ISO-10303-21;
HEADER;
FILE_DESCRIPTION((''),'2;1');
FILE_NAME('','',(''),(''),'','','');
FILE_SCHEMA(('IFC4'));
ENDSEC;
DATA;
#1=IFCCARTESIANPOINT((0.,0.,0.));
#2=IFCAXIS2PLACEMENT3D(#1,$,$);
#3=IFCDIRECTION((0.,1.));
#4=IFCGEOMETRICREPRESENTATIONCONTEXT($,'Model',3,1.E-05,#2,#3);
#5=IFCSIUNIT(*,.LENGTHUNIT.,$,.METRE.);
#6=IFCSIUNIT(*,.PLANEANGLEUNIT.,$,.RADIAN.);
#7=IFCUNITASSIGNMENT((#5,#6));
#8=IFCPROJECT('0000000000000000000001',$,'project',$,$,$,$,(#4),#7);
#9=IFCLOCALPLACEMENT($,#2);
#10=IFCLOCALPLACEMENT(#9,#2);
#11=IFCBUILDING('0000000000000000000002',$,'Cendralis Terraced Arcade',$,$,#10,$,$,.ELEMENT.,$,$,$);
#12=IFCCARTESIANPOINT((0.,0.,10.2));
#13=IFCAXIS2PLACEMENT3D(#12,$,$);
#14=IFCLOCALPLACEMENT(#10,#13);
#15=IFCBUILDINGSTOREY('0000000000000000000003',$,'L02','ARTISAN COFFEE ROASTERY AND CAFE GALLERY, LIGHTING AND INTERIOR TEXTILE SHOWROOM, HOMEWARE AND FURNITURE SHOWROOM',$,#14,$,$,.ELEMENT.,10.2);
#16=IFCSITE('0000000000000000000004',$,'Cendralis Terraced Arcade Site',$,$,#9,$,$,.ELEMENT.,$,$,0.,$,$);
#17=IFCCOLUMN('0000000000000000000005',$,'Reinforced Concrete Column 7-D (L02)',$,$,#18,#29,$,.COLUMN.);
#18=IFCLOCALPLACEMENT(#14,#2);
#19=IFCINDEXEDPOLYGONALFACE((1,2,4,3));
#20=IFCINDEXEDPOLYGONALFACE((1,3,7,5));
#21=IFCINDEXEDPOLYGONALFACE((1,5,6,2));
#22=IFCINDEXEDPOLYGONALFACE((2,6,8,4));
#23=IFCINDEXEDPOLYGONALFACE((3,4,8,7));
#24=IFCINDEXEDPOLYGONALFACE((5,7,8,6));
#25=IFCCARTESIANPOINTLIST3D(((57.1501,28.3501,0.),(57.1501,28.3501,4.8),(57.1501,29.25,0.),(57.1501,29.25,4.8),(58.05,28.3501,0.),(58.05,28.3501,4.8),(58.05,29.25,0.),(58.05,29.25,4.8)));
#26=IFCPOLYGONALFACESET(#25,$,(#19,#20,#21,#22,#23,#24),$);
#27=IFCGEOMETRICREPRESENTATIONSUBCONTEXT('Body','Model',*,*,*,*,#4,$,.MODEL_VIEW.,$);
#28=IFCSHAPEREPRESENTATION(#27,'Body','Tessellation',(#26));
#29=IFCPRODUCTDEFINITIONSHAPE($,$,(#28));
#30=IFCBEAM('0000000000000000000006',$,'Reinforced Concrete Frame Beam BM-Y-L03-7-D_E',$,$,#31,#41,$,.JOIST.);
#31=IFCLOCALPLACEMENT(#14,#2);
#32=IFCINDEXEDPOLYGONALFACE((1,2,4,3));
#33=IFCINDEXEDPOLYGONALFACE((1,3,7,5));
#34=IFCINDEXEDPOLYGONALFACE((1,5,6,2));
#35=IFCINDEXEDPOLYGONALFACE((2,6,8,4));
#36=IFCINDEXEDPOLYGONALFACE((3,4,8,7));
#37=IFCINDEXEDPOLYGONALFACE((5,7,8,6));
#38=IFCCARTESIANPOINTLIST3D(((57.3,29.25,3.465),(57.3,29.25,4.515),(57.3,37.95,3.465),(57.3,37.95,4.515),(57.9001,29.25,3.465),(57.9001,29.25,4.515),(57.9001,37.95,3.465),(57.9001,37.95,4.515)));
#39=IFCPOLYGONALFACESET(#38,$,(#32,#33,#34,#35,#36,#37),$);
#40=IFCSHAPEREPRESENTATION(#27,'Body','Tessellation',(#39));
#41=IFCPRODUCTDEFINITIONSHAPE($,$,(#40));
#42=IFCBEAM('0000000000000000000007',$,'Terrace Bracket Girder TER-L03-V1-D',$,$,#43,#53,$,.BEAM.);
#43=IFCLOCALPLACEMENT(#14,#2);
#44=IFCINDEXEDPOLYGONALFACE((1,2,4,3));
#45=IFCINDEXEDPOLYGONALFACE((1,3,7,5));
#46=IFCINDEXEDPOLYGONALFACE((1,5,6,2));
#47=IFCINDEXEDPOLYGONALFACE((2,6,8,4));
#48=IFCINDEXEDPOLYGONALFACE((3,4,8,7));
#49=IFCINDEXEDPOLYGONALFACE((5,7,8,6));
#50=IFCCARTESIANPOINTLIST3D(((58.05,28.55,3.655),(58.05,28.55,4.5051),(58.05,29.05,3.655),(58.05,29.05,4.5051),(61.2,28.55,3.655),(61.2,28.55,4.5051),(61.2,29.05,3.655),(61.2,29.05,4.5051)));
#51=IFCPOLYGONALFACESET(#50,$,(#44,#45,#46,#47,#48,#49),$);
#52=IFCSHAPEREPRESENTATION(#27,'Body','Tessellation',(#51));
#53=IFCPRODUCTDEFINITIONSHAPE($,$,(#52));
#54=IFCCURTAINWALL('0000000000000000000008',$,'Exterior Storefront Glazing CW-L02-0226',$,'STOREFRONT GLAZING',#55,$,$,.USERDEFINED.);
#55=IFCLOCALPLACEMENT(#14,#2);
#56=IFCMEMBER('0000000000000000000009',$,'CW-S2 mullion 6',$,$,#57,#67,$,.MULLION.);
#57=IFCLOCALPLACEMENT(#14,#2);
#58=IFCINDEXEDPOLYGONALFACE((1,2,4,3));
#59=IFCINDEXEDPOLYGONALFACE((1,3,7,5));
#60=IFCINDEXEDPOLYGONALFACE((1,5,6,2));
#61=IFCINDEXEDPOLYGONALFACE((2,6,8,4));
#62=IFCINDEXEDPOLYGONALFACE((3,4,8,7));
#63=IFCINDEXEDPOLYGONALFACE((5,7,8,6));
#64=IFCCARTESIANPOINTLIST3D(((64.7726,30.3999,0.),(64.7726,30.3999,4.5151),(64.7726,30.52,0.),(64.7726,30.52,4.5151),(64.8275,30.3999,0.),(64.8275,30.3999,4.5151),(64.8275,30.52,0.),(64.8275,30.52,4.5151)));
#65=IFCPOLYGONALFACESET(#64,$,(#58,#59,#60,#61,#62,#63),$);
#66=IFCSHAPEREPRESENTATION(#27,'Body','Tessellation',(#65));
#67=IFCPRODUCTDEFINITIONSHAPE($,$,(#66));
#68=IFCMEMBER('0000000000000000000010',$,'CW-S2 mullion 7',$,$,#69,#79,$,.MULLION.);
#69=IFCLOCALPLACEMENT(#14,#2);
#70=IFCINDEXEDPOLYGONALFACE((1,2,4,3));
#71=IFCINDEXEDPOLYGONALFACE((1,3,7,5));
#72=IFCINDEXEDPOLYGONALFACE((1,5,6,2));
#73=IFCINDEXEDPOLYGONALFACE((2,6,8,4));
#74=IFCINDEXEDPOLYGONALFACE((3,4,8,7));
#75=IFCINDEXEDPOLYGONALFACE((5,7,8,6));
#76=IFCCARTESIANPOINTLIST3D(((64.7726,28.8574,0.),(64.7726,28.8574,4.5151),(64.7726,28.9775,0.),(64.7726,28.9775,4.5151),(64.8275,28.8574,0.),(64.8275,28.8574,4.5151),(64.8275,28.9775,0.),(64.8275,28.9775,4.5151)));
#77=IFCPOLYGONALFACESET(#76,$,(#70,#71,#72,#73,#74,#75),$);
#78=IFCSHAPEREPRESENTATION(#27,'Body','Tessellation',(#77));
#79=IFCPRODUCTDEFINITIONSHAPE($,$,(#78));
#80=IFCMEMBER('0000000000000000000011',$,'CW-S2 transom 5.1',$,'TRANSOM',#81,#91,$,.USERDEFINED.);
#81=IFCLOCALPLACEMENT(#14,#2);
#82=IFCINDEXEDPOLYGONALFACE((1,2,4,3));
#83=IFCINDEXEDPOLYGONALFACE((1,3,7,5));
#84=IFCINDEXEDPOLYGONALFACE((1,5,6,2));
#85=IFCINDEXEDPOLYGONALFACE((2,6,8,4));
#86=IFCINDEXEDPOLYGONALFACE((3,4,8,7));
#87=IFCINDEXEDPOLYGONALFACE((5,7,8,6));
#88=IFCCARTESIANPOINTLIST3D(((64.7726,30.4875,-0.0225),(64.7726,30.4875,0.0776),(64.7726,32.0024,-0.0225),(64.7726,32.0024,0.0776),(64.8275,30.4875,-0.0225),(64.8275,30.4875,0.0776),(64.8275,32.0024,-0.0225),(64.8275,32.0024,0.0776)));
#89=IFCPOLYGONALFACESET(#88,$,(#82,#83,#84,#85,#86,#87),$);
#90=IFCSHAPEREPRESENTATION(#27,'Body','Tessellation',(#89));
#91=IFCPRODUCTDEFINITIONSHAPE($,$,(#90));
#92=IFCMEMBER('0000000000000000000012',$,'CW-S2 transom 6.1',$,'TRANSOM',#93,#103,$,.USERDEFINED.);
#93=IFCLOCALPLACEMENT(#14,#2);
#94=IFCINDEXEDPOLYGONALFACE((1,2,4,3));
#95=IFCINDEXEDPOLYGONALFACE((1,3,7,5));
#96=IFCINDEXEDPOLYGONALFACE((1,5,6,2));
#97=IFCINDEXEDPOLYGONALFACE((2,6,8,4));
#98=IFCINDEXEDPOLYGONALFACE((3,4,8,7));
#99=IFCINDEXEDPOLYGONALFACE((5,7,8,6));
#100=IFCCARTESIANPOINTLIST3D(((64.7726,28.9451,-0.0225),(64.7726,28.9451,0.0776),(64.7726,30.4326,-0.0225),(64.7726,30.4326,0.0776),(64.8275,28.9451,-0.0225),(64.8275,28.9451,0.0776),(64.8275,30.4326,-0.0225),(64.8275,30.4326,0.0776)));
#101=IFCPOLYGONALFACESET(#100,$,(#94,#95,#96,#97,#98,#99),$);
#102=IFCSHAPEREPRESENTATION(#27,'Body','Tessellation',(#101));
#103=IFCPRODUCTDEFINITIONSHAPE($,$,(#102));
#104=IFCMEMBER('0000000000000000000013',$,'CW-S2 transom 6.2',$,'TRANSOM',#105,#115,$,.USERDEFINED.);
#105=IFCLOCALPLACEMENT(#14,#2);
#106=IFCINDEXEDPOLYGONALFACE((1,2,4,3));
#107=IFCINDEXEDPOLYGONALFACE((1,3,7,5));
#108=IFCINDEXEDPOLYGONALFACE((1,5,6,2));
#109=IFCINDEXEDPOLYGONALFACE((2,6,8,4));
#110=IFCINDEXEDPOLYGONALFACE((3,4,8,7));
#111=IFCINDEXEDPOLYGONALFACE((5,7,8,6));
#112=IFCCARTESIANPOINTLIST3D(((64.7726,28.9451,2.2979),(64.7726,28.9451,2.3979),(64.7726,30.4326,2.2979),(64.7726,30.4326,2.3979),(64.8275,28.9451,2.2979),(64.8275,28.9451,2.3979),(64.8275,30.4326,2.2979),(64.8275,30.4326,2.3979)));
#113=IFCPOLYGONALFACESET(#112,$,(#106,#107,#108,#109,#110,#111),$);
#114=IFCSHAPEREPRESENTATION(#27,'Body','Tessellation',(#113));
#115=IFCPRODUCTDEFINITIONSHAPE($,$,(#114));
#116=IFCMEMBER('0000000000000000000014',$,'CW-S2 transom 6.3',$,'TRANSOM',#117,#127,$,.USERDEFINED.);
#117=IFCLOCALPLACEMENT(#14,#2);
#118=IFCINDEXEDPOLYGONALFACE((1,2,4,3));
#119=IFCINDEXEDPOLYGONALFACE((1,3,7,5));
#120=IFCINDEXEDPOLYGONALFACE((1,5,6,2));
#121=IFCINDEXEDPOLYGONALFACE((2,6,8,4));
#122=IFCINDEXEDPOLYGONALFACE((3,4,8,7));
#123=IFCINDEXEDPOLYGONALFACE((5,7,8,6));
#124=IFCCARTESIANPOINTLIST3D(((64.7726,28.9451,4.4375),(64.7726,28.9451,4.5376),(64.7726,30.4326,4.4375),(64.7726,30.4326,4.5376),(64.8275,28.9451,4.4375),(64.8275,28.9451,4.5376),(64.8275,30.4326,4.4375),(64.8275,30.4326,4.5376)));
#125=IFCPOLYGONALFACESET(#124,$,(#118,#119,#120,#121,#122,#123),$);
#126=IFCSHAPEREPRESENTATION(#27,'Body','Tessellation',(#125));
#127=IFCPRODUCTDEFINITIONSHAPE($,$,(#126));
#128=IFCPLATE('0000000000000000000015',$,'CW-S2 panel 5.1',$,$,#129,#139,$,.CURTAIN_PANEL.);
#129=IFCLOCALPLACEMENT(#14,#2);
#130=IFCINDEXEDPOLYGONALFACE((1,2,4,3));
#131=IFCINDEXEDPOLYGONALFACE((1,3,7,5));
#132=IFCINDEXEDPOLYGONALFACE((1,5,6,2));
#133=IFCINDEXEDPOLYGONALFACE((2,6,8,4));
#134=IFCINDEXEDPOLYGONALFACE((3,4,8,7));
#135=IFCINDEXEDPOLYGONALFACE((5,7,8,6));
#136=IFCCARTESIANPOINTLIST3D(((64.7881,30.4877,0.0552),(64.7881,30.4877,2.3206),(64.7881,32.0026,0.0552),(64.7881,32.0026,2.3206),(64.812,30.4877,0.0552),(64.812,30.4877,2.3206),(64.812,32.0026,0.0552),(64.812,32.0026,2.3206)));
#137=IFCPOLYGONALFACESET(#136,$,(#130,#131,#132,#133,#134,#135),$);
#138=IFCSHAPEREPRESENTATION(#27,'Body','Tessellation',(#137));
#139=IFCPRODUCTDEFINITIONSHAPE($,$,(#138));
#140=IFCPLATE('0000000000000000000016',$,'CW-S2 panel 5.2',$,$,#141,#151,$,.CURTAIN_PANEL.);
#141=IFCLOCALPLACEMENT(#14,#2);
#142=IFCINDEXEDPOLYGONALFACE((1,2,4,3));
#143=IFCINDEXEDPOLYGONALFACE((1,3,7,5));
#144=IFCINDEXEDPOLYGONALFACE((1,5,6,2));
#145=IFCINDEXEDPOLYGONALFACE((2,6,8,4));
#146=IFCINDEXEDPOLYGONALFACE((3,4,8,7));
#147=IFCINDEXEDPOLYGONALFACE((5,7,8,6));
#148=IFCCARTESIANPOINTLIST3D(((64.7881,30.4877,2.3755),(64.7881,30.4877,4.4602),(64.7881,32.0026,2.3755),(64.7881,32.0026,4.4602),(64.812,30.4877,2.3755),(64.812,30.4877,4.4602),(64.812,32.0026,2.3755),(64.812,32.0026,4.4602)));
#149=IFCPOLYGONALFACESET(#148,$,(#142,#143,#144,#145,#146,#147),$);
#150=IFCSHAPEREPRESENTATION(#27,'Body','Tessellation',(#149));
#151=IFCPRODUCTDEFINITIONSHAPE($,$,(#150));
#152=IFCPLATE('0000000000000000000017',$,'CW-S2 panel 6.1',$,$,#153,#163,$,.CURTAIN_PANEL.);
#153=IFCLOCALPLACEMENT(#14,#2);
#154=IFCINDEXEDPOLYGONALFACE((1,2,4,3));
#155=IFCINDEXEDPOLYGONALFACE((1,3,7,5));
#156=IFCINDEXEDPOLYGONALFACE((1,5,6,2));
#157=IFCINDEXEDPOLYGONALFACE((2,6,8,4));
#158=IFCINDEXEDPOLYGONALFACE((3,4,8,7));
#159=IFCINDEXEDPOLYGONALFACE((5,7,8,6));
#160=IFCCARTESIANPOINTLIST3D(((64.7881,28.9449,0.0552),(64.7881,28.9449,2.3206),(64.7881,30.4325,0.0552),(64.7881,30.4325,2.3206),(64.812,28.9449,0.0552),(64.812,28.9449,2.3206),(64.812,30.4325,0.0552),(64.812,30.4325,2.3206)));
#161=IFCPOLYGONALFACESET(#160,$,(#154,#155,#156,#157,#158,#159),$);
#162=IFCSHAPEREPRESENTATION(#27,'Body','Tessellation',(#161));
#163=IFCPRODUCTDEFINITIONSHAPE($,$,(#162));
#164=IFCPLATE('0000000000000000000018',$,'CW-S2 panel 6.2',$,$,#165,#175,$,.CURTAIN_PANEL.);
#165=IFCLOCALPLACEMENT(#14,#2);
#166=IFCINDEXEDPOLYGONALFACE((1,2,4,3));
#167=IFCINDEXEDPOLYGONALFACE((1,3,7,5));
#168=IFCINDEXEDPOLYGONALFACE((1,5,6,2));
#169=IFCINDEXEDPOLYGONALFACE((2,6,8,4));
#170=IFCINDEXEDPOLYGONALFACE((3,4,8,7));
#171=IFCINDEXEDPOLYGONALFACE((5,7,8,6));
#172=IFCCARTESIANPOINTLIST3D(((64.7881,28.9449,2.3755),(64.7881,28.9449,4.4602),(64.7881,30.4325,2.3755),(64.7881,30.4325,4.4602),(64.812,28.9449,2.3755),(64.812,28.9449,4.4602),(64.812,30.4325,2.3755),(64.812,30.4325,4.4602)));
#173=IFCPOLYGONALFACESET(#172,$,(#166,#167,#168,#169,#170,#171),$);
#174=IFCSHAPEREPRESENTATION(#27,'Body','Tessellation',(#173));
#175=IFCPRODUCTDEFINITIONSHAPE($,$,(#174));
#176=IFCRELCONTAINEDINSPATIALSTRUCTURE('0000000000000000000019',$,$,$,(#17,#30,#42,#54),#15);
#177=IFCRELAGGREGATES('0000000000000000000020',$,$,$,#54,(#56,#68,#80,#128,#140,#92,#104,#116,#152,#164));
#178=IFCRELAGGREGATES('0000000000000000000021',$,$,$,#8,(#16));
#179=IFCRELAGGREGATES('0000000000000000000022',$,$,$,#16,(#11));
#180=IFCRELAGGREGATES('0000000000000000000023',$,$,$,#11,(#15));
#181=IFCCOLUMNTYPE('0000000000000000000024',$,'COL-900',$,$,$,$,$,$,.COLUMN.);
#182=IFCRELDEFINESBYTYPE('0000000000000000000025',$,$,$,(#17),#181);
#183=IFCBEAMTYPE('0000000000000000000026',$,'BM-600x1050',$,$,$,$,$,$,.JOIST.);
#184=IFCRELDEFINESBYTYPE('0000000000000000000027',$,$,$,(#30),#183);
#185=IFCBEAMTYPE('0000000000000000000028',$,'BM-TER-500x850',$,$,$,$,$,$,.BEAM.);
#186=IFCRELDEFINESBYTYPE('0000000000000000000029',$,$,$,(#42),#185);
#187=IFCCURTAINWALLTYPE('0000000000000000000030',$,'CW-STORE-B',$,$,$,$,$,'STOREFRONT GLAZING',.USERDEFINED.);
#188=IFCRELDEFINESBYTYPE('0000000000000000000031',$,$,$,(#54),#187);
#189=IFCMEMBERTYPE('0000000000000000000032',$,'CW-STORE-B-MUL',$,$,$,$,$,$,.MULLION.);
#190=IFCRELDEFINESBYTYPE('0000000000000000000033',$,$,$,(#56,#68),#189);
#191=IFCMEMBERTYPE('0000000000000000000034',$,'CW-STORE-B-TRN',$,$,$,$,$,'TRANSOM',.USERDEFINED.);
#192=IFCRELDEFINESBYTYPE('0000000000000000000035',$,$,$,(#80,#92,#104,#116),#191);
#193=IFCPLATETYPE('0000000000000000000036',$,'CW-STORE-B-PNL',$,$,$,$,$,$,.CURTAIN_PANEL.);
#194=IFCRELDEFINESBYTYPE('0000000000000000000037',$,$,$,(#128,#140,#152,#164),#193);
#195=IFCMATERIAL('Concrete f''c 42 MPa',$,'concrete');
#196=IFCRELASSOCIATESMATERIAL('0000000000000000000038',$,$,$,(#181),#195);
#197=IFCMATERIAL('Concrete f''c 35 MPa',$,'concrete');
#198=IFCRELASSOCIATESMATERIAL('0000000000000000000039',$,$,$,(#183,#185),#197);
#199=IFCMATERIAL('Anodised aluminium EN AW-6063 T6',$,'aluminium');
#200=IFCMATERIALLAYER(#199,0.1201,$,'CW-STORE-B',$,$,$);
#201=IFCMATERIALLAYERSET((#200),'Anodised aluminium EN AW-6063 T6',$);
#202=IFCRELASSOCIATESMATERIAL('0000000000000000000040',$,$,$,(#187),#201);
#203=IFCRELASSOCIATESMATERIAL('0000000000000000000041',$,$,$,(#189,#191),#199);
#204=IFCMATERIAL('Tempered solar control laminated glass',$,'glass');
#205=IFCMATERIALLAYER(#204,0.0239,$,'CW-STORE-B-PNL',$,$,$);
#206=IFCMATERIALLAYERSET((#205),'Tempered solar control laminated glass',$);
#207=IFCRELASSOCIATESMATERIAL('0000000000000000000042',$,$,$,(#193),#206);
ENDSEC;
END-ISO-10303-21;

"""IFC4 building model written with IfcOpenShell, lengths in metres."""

from ifc_helpers import new_model, si_unit, direction, frame, origin, origin_2d, place, context, subcontext, project, spatial, rectangle, extrude, material, layer, layer_set, material_profile, profile_set, type_object, element, aggregate, save


model = new_model("IFC4")

# Units and contexts
model_context = context("Model", 3, precision=1e-05, world=origin(), true_north=direction((0.0, 1.0)))
body_context = subcontext(model_context, "Body", "Model", "MODEL_VIEW")
ifc_project = project(units=[si_unit("LENGTHUNIT", "METRE"), si_unit("PLANEANGLEUNIT", "RADIAN")], contexts=[model_context])

# Site, building, storey
site_placement = place(None, origin())
site = spatial("IfcSite", under=ifc_project, at=site_placement, Name="Cendralis Terraced Arcade Site", CompositionType="ELEMENT", RefElevation=0.0)
building_placement = place(site_placement, origin())
building = spatial("IfcBuilding", under=site, at=building_placement, Name="Cendralis Terraced Arcade", CompositionType="ELEMENT")
storey_placement = place(building_placement, frame((0.0, 0.0, 10.2)))
storey = spatial("IfcBuildingStorey", under=building, at=storey_placement, Name="L02", Description="ARTISAN COFFEE ROASTERY AND CAFE GALLERY, LIGHTING AND INTERIOR TEXTILE SHOWROOM, HOMEWARE AND FURNITURE SHOWROOM", CompositionType="ELEMENT", Elevation=10.2)

# Column
ifc_material_1 = material(Name="Concrete f'c 42 MPa", Category="concrete")
ifc_material_profile_1 = material_profile(ifc_material_1, rectangle(XDim=0.8999, YDim=0.8999, at=origin_2d()), Name="RC-COL-900x900", Category="LoadBearing")
ifc_profile_set_1 = profile_set([ifc_material_profile_1], Name="Concrete f'c 42 MPa")
column_type = type_object("IfcColumnType", Name="COL-900", PredefinedType="COLUMN", material=ifc_profile_set_1)
column_placement = place(storey_placement, frame((57.6001, 28.8, 0.0), z_axis=(0.0, 0.0, 1.0), x_axis=(1.0, 0.0, 0.0)))
element("IfcColumn", 1, at=column_placement, inside=storey, type_object=column_type, Name="Reinforced Concrete Column 7-D (L02)", PredefinedType="COLUMN", context=body_context, shape_type="SweptSolid", body=[
    extrude(rectangle(XDim=0.8999, YDim=0.8999, at=origin_2d()), origin(), (0.0, 0.0, 1.0), 4.8),
])

# Beams
ifc_material_2 = material(Name="Concrete f'c 35 MPa", Category="concrete")
ifc_material_profile_2 = material_profile(ifc_material_2, rectangle(XDim=0.6001, YDim=1.05, at=origin_2d()), Name="RC-BM-600x1050", Category="LoadBearing")
ifc_profile_set_2 = profile_set([ifc_material_profile_2], Name="Concrete f'c 35 MPa")
beam_type_1 = type_object("IfcBeamType", Name="BM-600x1050", PredefinedType="JOIST", material=ifc_profile_set_2)
beam_1_placement = place(storey_placement, frame((57.6001, 29.25, 3.99), z_axis=(0.0, 1.0, 0.0), x_axis=(-1.0, 0.0, 0.0)))
element("IfcBeam", 2, at=beam_1_placement, inside=storey, type_object=beam_type_1, Name="Reinforced Concrete Frame Beam BM-Y-L03-7-D_E", PredefinedType="JOIST", context=body_context, shape_type="SweptSolid", body=[
    extrude(rectangle(XDim=0.6001, YDim=1.05, at=origin_2d()), origin(), (0.0, 0.0, 1.0), 8.7),
])
ifc_material_profile_3 = material_profile(ifc_material_2, rectangle(XDim=0.5, YDim=0.8501, at=origin_2d()), Name="RC-BM-500x850", Category="LoadBearing")
ifc_profile_set_3 = profile_set([ifc_material_profile_3], Name="Concrete f'c 35 MPa")
beam_type_2 = type_object("IfcBeamType", Name="BM-TER-500x850", PredefinedType="BEAM", material=ifc_profile_set_3)
beam_2_placement = place(storey_placement, frame((58.05, 28.8, 4.0801), z_axis=(1.0, 0.0, 0.0), x_axis=(0.0, 1.0, 0.0)))
element("IfcBeam", 3, at=beam_2_placement, inside=storey, type_object=beam_type_2, Name="Terrace Bracket Girder TER-L03-V1-D", PredefinedType="BEAM", context=body_context, shape_type="SweptSolid", body=[
    extrude(rectangle(XDim=0.5, YDim=0.8501, at=origin_2d()), origin(), (0.0, 0.0, 1.0), 3.1499),
])

# Curtain wall, members, plates
ifc_material_3 = material(Name="Anodised aluminium EN AW-6063 T6", Category="aluminium")
ifc_layer_1 = layer(ifc_material_3, 0.1201, Name="CW-STORE-B")
ifc_layer_set_1 = layer_set([ifc_layer_1], Name="Anodised aluminium EN AW-6063 T6")
curtain_wall_type = type_object("IfcCurtainWallType", Name="CW-STORE-B", ElementType="STOREFRONT GLAZING", PredefinedType="USERDEFINED", material=ifc_layer_set_1)
curtain_wall_placement = place(storey_placement, origin())
curtain_wall = element("IfcCurtainWall", 4, at=curtain_wall_placement, inside=storey, type_object=curtain_wall_type, Name="Exterior Storefront Glazing CW-L02-0226", ObjectType="STOREFRONT GLAZING", PredefinedType="USERDEFINED")
ifc_material_profile_4 = material_profile(ifc_material_3, rectangle(XDim=0.0549, YDim=0.1201, at=origin_2d()), Name="ALU-MUL-55x120")
ifc_profile_set_4 = profile_set([ifc_material_profile_4], Name="Anodised aluminium EN AW-6063 T6")
member_type_1 = type_object("IfcMemberType", Name="CW-STORE-B-MUL", PredefinedType="MULLION", material=ifc_profile_set_4)
member_1_placement = place(storey_placement, frame((64.8, 30.46, 0.0), z_axis=(0.0, 0.0, 1.0), x_axis=(1.0, 0.0, 0.0)))
member_1 = element("IfcMember", 5, at=member_1_placement, type_object=member_type_1, Name="CW-S2 mullion 6", PredefinedType="MULLION", context=body_context, shape_type="SweptSolid", body=[
    extrude(rectangle(XDim=0.0549, YDim=0.1201, at=origin_2d()), origin(), (0.0, 0.0, 1.0), 4.5151),
])
member_2_placement = place(storey_placement, frame((64.8, 28.9175, 0.0), z_axis=(0.0, 0.0, 1.0), x_axis=(1.0, 0.0, 0.0)))
member_2 = element("IfcMember", 6, at=member_2_placement, type_object=member_type_1, Name="CW-S2 mullion 7", PredefinedType="MULLION", context=body_context, shape_type="SweptSolid", body=[
    extrude(rectangle(XDim=0.0549, YDim=0.1201, at=origin_2d()), origin(), (0.0, 0.0, 1.0), 4.5151),
])
ifc_material_profile_5 = material_profile(ifc_material_3, rectangle(XDim=0.0549, YDim=0.1001, at=origin_2d()), Name="ALU-TRN-55x100")
ifc_profile_set_5 = profile_set([ifc_material_profile_5], Name="Anodised aluminium EN AW-6063 T6")
member_type_2 = type_object("IfcMemberType", Name="CW-STORE-B-TRN", ElementType="TRANSOM", PredefinedType="USERDEFINED", material=ifc_profile_set_5)
member_3_placement = place(storey_placement, frame((64.8, 32.0024, 0.0276), z_axis=(0.0, -1.0, 0.0), x_axis=(1.0, 0.0, 0.0)))
member_3 = element("IfcMember", 7, at=member_3_placement, type_object=member_type_2, Name="CW-S2 transom 5.1", ObjectType="TRANSOM", PredefinedType="USERDEFINED", context=body_context, shape_type="SweptSolid", body=[
    extrude(rectangle(XDim=0.0549, YDim=0.1001, at=origin_2d()), origin(), (0.0, 0.0, 1.0), 1.5149),
])
member_4_placement = place(storey_placement, frame((64.8, 30.4326, 0.0276), z_axis=(0.0, -1.0, 0.0), x_axis=(1.0, 0.0, 0.0)))
member_4 = element("IfcMember", 8, at=member_4_placement, type_object=member_type_2, Name="CW-S2 transom 6.1", ObjectType="TRANSOM", PredefinedType="USERDEFINED", context=body_context, shape_type="SweptSolid", body=[
    extrude(rectangle(XDim=0.0549, YDim=0.1001, at=origin_2d()), origin(), (0.0, 0.0, 1.0), 1.4875),
])
member_5_placement = place(storey_placement, frame((64.8, 30.4326, 2.3479), z_axis=(0.0, -1.0, 0.0), x_axis=(1.0, 0.0, 0.0)))
member_5 = element("IfcMember", 9, at=member_5_placement, type_object=member_type_2, Name="CW-S2 transom 6.2", ObjectType="TRANSOM", PredefinedType="USERDEFINED", context=body_context, shape_type="SweptSolid", body=[
    extrude(rectangle(XDim=0.0549, YDim=0.1001, at=origin_2d()), origin(), (0.0, 0.0, 1.0), 1.4875),
])
member_6_placement = place(storey_placement, frame((64.8, 30.4326, 4.4875), z_axis=(0.0, -1.0, 0.0), x_axis=(1.0, 0.0, 0.0)))
member_6 = element("IfcMember", 10, at=member_6_placement, type_object=member_type_2, Name="CW-S2 transom 6.3", ObjectType="TRANSOM", PredefinedType="USERDEFINED", context=body_context, shape_type="SweptSolid", body=[
    extrude(rectangle(XDim=0.0549, YDim=0.1001, at=origin_2d()), origin(), (0.0, 0.0, 1.0), 1.4875),
])
ifc_material_4 = material(Name="Tempered solar control laminated glass", Category="glass")
ifc_layer_2 = layer(ifc_material_4, 0.0239, Name="CW-STORE-B-PNL")
ifc_layer_set_2 = layer_set([ifc_layer_2], Name="Tempered solar control laminated glass")
plate_type = type_object("IfcPlateType", Name="CW-STORE-B-PNL", PredefinedType="CURTAIN_PANEL", material=ifc_layer_set_2)
plate_1_placement = place(storey_placement, frame((64.8, 31.2451, 0.0552), z_axis=(0.0, 0.0, 1.0), x_axis=(0.0, -1.0, 0.0)))
plate_1 = element("IfcPlate", 11, at=plate_1_placement, type_object=plate_type, Name="CW-S2 panel 5.1", PredefinedType="CURTAIN_PANEL", context=body_context, shape_type="SweptSolid", body=[
    extrude(rectangle(XDim=1.5149, YDim=0.0239, at=origin_2d()), origin(), (0.0, 0.0, 1.0), 2.2654),
])
plate_2_placement = place(storey_placement, frame((64.8, 31.2451, 2.3755), z_axis=(0.0, 0.0, 1.0), x_axis=(0.0, -1.0, 0.0)))
plate_2 = element("IfcPlate", 12, at=plate_2_placement, type_object=plate_type, Name="CW-S2 panel 5.2", PredefinedType="CURTAIN_PANEL", context=body_context, shape_type="SweptSolid", body=[
    extrude(rectangle(XDim=1.5149, YDim=0.0239, at=origin_2d()), origin(), (0.0, 0.0, 1.0), 2.0847),
])
plate_3_placement = place(storey_placement, frame((64.8, 29.6887, 0.0552), z_axis=(0.0, 0.0, 1.0), x_axis=(0.0, -1.0, 0.0)))
plate_3 = element("IfcPlate", 13, at=plate_3_placement, type_object=plate_type, Name="CW-S2 panel 6.1", PredefinedType="CURTAIN_PANEL", context=body_context, shape_type="SweptSolid", body=[
    extrude(rectangle(XDim=1.4875, YDim=0.0239, at=origin_2d()), origin(), (0.0, 0.0, 1.0), 2.2654),
])
plate_4_placement = place(storey_placement, frame((64.8, 29.6887, 2.3755), z_axis=(0.0, 0.0, 1.0), x_axis=(0.0, -1.0, 0.0)))
plate_4 = element("IfcPlate", 14, at=plate_4_placement, type_object=plate_type, Name="CW-S2 panel 6.2", PredefinedType="CURTAIN_PANEL", context=body_context, shape_type="SweptSolid", body=[
    extrude(rectangle(XDim=1.4875, YDim=0.0239, at=origin_2d()), origin(), (0.0, 0.0, 1.0), 2.0847),
])
aggregate(curtain_wall, [member_1, member_2, member_3, plate_1, plate_2, member_4, member_5, member_6, plate_3, plate_4])

save(model, "model.ifc")
